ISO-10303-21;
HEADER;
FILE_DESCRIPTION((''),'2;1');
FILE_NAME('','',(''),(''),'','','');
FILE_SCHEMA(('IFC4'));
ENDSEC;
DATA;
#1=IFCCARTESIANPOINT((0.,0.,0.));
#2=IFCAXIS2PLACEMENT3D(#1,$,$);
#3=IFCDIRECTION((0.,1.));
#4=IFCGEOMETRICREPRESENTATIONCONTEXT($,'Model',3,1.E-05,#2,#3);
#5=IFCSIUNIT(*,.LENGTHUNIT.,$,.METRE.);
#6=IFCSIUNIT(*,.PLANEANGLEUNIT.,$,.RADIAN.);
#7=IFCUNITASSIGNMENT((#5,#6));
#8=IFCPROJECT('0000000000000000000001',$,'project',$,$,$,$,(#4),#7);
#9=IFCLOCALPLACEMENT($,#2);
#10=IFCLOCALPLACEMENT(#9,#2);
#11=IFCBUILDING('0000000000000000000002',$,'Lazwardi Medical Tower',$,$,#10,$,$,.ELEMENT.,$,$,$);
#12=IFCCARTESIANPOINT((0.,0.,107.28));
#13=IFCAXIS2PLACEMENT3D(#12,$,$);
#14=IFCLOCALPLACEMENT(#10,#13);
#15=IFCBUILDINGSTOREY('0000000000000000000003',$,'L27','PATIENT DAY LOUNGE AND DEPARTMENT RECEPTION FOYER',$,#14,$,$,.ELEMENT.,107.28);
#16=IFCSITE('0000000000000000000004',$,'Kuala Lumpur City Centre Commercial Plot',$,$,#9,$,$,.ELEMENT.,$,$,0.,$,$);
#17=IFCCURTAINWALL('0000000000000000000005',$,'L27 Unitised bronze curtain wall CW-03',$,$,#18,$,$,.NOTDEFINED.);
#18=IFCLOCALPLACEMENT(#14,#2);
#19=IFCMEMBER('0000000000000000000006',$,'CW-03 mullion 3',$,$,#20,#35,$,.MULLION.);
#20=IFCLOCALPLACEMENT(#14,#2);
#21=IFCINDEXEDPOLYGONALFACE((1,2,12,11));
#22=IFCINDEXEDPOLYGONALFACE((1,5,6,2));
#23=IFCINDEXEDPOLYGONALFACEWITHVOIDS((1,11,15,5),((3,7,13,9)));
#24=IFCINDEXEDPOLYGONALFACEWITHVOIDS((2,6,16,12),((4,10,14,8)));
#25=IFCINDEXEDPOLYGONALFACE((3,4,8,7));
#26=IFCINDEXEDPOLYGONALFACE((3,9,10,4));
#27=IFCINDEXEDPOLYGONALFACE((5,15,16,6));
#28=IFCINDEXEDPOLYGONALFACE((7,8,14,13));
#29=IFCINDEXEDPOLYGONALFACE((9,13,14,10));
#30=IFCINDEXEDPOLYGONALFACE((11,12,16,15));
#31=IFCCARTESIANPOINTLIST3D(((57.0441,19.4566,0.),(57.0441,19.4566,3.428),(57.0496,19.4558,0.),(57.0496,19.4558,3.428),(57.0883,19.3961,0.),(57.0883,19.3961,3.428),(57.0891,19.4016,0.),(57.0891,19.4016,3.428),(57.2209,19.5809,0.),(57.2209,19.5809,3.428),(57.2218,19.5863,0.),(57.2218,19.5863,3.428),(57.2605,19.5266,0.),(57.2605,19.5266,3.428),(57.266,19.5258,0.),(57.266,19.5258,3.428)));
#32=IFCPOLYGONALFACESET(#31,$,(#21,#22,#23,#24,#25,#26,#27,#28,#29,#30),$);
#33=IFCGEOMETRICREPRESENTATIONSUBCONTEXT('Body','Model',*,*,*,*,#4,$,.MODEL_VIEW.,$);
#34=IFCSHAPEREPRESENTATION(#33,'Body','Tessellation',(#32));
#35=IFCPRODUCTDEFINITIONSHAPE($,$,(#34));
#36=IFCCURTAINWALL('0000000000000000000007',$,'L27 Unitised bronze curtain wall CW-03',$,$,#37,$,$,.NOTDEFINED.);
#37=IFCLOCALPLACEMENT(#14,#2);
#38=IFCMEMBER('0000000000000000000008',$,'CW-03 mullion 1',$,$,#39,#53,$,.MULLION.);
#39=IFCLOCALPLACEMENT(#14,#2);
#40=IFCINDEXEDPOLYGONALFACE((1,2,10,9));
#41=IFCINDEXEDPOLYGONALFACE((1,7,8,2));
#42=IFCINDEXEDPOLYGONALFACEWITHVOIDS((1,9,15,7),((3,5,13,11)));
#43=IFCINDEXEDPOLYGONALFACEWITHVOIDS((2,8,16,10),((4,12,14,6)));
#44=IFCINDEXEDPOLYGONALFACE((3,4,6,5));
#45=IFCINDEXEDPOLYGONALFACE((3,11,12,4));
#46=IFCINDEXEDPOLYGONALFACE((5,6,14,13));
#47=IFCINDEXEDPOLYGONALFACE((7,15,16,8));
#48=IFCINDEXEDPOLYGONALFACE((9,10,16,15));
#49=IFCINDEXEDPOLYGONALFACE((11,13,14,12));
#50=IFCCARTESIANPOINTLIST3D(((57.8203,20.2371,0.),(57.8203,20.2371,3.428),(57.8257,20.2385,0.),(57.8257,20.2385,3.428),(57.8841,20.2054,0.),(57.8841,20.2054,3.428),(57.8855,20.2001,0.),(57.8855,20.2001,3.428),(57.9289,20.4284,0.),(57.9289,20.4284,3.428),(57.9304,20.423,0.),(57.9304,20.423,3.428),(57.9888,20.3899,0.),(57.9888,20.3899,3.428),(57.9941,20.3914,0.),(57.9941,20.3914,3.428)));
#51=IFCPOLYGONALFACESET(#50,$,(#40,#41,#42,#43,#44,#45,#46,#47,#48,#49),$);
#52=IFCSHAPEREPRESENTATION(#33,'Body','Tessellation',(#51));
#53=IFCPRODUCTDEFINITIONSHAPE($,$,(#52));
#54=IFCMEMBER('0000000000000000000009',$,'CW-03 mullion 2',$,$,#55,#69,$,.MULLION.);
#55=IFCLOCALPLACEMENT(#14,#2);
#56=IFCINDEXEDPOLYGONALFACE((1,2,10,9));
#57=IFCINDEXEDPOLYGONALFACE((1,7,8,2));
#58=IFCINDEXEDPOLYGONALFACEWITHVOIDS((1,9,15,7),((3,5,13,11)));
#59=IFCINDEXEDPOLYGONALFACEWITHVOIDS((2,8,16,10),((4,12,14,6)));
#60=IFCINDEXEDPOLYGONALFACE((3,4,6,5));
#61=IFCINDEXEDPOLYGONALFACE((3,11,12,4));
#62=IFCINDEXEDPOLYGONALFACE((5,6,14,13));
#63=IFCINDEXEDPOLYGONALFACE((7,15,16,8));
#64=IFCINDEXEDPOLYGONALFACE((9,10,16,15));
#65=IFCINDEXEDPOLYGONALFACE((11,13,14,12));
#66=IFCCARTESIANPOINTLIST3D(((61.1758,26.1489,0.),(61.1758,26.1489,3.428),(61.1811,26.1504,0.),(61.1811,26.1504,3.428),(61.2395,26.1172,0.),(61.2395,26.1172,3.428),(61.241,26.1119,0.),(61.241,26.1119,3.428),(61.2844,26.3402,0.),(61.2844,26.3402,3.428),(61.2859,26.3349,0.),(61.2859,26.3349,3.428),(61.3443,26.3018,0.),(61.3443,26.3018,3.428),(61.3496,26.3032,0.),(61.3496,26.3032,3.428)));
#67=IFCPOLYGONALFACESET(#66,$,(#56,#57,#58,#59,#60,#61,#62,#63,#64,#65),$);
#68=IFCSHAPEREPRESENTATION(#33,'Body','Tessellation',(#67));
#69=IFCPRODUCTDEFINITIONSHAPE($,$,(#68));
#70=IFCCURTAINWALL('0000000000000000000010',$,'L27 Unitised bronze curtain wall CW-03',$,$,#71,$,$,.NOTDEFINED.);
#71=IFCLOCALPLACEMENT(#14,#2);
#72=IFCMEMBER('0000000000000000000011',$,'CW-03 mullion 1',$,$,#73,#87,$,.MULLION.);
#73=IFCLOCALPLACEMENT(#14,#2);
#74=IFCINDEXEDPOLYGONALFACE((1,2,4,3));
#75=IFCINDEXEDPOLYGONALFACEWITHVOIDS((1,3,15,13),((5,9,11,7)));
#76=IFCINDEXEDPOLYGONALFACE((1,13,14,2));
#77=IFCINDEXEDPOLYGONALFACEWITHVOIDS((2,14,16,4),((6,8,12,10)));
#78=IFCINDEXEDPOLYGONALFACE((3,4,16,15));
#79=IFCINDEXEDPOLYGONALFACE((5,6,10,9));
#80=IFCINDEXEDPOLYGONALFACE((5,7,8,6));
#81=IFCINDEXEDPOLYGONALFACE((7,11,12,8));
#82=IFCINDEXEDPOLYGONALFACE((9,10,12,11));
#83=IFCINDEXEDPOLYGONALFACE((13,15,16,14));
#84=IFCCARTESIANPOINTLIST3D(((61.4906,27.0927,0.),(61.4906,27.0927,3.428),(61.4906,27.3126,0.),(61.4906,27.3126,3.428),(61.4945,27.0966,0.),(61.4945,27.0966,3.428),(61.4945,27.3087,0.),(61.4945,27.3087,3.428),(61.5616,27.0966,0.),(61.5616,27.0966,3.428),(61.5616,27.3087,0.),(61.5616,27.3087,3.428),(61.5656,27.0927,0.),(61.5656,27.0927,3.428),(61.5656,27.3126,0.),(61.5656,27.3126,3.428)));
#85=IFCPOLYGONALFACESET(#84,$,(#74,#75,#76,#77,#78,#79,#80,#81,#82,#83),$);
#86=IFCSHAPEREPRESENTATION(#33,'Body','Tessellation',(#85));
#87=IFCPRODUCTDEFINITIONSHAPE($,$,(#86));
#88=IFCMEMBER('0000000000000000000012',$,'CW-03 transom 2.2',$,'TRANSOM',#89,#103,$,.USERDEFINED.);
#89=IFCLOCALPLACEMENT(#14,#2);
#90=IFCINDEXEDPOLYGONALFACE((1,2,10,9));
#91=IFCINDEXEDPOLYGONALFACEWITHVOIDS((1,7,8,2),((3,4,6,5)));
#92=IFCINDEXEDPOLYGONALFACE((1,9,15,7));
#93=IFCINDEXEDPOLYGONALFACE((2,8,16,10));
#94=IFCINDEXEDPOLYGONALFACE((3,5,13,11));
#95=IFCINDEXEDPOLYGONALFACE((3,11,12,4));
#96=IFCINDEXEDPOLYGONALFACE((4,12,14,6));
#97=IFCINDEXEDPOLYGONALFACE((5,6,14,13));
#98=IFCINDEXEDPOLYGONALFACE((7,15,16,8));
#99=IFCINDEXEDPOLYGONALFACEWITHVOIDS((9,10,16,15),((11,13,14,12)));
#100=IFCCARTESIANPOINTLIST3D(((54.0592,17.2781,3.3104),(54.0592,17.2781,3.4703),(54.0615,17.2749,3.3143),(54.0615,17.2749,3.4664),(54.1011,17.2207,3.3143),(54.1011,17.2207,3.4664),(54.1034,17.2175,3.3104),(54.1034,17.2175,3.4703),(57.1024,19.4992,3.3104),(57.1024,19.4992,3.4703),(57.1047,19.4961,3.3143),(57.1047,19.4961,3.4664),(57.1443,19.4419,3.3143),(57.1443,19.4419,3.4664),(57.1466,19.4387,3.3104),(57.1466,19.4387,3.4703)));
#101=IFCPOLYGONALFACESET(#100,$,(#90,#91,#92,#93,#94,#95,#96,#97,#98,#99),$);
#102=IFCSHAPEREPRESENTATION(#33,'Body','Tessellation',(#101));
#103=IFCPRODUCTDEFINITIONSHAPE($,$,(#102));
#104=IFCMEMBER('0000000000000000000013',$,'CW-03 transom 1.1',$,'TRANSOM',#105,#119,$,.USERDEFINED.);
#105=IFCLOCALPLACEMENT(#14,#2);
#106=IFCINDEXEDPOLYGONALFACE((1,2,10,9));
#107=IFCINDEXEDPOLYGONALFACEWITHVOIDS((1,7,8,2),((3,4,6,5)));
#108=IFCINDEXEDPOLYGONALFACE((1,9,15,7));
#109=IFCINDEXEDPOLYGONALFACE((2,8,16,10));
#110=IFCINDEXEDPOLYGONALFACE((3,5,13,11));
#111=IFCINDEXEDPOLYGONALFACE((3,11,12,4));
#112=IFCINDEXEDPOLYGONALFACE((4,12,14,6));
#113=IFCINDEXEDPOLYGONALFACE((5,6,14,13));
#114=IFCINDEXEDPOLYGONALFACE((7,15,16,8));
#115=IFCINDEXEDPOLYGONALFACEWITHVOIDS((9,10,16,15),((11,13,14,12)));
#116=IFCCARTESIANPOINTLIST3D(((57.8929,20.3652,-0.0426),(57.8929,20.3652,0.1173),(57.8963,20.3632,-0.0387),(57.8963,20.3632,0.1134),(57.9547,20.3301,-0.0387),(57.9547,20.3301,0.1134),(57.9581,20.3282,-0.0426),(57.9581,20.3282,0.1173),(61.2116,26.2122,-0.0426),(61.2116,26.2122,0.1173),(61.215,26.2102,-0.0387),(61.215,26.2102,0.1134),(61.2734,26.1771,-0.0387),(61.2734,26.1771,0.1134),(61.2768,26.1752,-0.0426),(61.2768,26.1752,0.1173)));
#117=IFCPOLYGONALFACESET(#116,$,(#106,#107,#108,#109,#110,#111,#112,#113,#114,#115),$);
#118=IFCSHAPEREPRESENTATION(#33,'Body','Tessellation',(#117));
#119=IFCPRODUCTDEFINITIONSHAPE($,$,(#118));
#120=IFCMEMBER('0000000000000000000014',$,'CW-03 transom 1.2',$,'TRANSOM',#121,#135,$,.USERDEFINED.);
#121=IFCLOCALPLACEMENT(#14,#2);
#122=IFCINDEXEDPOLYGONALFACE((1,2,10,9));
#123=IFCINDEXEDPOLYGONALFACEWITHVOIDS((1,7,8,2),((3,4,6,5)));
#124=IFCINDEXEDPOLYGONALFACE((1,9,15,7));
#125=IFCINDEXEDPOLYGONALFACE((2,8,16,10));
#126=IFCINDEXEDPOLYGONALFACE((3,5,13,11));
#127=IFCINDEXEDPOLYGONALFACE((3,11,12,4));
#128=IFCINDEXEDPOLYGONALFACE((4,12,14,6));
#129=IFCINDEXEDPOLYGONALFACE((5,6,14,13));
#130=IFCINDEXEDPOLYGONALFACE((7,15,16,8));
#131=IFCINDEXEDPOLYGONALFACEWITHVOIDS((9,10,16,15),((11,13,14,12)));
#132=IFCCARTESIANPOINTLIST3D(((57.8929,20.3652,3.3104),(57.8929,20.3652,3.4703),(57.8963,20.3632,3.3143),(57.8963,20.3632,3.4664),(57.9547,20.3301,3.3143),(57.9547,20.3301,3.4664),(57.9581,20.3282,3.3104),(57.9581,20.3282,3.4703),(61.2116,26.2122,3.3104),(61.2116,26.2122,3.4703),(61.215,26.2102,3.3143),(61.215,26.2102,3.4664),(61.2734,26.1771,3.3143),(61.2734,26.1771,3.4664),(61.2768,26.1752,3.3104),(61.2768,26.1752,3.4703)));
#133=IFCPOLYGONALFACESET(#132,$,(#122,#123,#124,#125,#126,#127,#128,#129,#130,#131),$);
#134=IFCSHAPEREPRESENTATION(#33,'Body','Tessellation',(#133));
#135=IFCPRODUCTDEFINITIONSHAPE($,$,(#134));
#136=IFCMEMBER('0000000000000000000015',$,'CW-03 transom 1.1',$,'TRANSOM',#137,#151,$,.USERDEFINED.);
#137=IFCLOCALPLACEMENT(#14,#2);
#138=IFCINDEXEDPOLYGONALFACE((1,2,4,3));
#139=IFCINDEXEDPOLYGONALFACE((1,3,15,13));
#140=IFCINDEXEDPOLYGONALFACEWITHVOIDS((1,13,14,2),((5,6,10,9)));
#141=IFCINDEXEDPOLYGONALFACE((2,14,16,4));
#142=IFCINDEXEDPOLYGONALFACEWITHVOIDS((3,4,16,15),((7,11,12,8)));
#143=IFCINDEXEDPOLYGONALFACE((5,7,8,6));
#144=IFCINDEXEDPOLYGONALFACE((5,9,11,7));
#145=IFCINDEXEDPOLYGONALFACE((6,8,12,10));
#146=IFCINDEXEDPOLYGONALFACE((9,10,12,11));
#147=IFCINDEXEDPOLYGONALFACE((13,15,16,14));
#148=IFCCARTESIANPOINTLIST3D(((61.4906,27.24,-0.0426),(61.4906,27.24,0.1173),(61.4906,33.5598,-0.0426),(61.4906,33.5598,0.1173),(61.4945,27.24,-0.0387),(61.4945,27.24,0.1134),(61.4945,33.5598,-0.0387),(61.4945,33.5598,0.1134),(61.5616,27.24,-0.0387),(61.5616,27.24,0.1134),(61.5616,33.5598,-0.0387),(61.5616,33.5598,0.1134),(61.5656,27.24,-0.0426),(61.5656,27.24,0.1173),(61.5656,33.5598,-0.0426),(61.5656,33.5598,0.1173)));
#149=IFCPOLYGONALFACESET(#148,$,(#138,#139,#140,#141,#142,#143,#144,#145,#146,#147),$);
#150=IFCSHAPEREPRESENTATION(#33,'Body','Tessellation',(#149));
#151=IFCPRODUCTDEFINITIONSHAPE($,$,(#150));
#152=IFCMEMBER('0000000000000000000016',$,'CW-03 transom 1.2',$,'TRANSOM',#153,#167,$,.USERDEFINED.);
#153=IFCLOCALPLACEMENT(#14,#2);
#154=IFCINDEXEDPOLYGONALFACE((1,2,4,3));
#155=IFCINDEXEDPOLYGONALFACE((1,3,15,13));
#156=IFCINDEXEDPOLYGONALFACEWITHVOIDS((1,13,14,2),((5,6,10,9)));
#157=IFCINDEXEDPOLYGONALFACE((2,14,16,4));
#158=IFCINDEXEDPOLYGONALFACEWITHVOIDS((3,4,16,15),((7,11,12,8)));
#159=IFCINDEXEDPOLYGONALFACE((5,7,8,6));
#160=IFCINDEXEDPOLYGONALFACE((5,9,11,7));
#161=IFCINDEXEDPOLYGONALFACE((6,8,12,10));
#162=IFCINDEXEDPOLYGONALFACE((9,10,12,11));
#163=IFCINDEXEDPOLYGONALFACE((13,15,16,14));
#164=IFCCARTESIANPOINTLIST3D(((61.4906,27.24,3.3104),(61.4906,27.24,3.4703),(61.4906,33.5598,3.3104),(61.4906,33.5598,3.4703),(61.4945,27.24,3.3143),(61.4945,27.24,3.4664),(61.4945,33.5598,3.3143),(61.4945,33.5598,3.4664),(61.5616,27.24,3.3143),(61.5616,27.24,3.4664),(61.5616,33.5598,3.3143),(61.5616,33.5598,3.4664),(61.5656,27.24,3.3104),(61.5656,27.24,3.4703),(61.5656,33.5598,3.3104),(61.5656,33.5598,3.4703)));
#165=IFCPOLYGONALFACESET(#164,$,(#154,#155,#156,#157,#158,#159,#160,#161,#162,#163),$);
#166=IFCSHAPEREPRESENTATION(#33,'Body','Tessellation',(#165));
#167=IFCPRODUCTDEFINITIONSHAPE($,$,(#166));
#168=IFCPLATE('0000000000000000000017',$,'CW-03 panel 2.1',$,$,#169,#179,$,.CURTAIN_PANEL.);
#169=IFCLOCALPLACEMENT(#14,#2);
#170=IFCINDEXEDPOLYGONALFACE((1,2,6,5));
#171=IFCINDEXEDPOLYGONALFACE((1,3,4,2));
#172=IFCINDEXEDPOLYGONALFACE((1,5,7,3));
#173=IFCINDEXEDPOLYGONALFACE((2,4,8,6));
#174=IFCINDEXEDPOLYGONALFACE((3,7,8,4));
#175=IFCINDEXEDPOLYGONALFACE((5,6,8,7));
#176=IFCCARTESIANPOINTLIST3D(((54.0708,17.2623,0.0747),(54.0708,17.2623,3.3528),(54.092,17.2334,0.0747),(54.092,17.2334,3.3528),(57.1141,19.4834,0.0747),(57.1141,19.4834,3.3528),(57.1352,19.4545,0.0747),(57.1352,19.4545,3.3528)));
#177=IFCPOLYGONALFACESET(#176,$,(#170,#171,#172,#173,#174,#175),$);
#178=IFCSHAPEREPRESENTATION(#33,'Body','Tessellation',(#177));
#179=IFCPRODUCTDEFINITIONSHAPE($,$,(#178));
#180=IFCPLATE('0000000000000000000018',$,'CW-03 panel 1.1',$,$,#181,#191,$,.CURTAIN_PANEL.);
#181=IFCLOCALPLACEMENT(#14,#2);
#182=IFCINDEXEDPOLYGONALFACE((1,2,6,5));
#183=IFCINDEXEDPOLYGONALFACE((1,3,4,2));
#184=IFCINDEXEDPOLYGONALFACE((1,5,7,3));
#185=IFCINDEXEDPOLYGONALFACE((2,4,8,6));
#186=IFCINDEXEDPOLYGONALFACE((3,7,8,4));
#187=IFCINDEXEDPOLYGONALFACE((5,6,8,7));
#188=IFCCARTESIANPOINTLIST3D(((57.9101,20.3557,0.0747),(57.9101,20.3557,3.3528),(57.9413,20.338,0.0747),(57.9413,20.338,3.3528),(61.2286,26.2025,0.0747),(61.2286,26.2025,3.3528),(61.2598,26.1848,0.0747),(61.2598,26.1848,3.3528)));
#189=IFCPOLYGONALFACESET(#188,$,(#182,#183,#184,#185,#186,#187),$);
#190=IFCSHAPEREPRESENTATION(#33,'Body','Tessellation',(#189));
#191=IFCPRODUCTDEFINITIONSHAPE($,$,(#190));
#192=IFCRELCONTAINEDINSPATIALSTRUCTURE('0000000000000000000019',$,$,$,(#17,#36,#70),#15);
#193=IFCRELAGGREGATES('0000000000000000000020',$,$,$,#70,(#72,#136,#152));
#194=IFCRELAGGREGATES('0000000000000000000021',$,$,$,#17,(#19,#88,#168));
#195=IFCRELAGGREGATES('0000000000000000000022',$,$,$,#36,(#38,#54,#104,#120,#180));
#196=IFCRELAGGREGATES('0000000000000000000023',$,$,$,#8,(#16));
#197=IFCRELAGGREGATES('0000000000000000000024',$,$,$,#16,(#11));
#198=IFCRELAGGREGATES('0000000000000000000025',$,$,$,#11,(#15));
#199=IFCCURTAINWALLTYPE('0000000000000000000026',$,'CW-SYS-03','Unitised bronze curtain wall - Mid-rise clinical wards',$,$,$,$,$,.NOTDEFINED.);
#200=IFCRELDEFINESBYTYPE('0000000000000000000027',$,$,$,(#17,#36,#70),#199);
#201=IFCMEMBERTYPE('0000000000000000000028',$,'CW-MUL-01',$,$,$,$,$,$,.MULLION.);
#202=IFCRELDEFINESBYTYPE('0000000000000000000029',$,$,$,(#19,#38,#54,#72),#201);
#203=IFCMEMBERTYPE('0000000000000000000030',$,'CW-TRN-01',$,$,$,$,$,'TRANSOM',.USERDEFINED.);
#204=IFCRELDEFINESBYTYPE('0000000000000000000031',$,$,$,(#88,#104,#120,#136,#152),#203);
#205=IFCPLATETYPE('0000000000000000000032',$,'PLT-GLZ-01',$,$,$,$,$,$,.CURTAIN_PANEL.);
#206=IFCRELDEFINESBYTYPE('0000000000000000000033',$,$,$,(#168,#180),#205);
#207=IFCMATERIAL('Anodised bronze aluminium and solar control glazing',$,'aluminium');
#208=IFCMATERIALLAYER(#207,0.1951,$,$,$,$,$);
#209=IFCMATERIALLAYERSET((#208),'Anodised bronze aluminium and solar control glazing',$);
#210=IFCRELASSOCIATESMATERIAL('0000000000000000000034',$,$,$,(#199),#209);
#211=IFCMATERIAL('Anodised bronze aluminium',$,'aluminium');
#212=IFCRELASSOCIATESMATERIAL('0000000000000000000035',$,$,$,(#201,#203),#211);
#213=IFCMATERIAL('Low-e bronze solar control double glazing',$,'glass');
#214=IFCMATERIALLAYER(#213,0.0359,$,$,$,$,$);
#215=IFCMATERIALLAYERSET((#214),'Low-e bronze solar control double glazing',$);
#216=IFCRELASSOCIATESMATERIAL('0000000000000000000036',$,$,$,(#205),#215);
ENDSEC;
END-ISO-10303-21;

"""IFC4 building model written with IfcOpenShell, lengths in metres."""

from ifc_helpers import new_model, si_unit, direction, frame, origin, origin_2d, place, context, subcontext, project, spatial, rectangle, hollow_rectangle, extrude, material, layer, layer_set, material_profile, profile_set, type_object, element, aggregate, save


model = new_model("IFC4")

# Units and contexts
model_context = context("Model", 3, precision=1e-05, world=origin(), true_north=direction((0.0, 1.0)))
body_context = subcontext(model_context, "Body", "Model", "MODEL_VIEW")
ifc_project = project(units=[si_unit("LENGTHUNIT", "METRE"), si_unit("PLANEANGLEUNIT", "RADIAN")], contexts=[model_context])

# Site, building, storey
site_placement = place(None, origin())
site = spatial("IfcSite", under=ifc_project, at=site_placement, Name="Kuala Lumpur City Centre Commercial Plot", CompositionType="ELEMENT", RefElevation=0.0)
building_placement = place(site_placement, origin())
building = spatial("IfcBuilding", under=site, at=building_placement, Name="Lazwardi Medical Tower", CompositionType="ELEMENT")
storey_placement = place(building_placement, frame((0.0, 0.0, 107.28)))
storey = spatial("IfcBuildingStorey", under=building, at=storey_placement, Name="L27", Description="PATIENT DAY LOUNGE AND DEPARTMENT RECEPTION FOYER", CompositionType="ELEMENT", Elevation=107.28)

# Curtain wall, member
ifc_material_1 = material(Name="Anodised bronze aluminium and solar control glazing", Category="aluminium")
ifc_layer_1 = layer(ifc_material_1, 0.1951)
ifc_layer_set_1 = layer_set([ifc_layer_1], Name="Anodised bronze aluminium and solar control glazing")
curtain_wall_type = type_object("IfcCurtainWallType", Name="CW-SYS-03", Description="Unitised bronze curtain wall - Mid-rise clinical wards", PredefinedType="NOTDEFINED", material=ifc_layer_set_1)
curtain_wall_1_placement = place(storey_placement, origin())
curtain_wall_1 = element("IfcCurtainWall", 1, at=curtain_wall_1_placement, inside=storey, type_object=curtain_wall_type, Name="L27 Unitised bronze curtain wall CW-03", PredefinedType="NOTDEFINED")
ifc_material_2 = material(Name="Anodised bronze aluminium", Category="aluminium")
ifc_material_profile_1 = material_profile(ifc_material_2, hollow_rectangle(XDim=0.075, YDim=0.22, WallThickness=0.0039, at=origin_2d()), Name="ALU-MULLION 220x75x4")
ifc_profile_set_1 = profile_set([ifc_material_profile_1], Name="Anodised bronze aluminium")
member_type_1 = type_object("IfcMemberType", Name="CW-MUL-01", PredefinedType="MULLION", material=ifc_profile_set_1)
member_1_placement = place(storey_placement, frame((57.155, 19.4912, 0.0), z_axis=(0.0, 0.0, 1.0), x_axis=(-0.589531, 0.807746, 0.0)))
member_1 = element("IfcMember", 2, at=member_1_placement, type_object=member_type_1, Name="CW-03 mullion 3", PredefinedType="MULLION", context=body_context, shape_type="SweptSolid", body=[
    extrude(hollow_rectangle(XDim=0.075, YDim=0.22, WallThickness=0.0039, at=origin_2d()), origin(), (0.0, 0.0, 1.0), 3.428),
])

# Curtain wall, members
curtain_wall_2_placement = place(storey_placement, origin())
curtain_wall_2 = element("IfcCurtainWall", 3, at=curtain_wall_2_placement, inside=storey, type_object=curtain_wall_type, Name="L27 Unitised bronze curtain wall CW-03", PredefinedType="NOTDEFINED")
member_2_placement = place(storey_placement, frame((57.9072, 20.3142, 0.0), z_axis=(0.0, 0.0, 1.0), x_axis=(-0.869687, 0.493603, 0.0)))
member_2 = element("IfcMember", 4, at=member_2_placement, type_object=member_type_1, Name="CW-03 mullion 1", PredefinedType="MULLION", context=body_context, shape_type="SweptSolid", body=[
    extrude(hollow_rectangle(XDim=0.075, YDim=0.22, WallThickness=0.0039, at=origin_2d()), origin(), (0.0, 0.0, 1.0), 3.428),
])
member_3_placement = place(storey_placement, frame((61.2627, 26.2261, 0.0), z_axis=(0.0, 0.0, 1.0), x_axis=(-0.869687, 0.493603, 0.0)))
member_3 = element("IfcMember", 5, at=member_3_placement, type_object=member_type_1, Name="CW-03 mullion 2", PredefinedType="MULLION", context=body_context, shape_type="SweptSolid", body=[
    extrude(hollow_rectangle(XDim=0.075, YDim=0.22, WallThickness=0.0039, at=origin_2d()), origin(), (0.0, 0.0, 1.0), 3.428),
])

# Curtain wall, member
curtain_wall_3_placement = place(storey_placement, origin())
curtain_wall_3 = element("IfcCurtainWall", 6, at=curtain_wall_3_placement, inside=storey, type_object=curtain_wall_type, Name="L27 Unitised bronze curtain wall CW-03", PredefinedType="NOTDEFINED")
member_4_placement = place(storey_placement, frame((61.5281, 27.2026, 0.0), z_axis=(0.0, 0.0, 1.0), x_axis=(-1.0, 0.0, 0.0)))
member_4 = element("IfcMember", 7, at=member_4_placement, type_object=member_type_1, Name="CW-03 mullion 1", PredefinedType="MULLION", context=body_context, shape_type="SweptSolid", body=[
    extrude(hollow_rectangle(XDim=0.075, YDim=0.22, WallThickness=0.0039, at=origin_2d()), origin(), (0.0, 0.0, 1.0), 3.428),
])

# Members
ifc_material_profile_2 = material_profile(ifc_material_2, hollow_rectangle(XDim=0.075, YDim=0.1599, WallThickness=0.0039, at=origin_2d()), Name="ALU-TRANSOM 160x75x4")
ifc_profile_set_2 = profile_set([ifc_material_profile_2], Name="Anodised bronze aluminium")
member_type_2 = type_object("IfcMemberType", Name="CW-TRN-01", ElementType="TRANSOM", PredefinedType="USERDEFINED", material=ifc_profile_set_2)
member_5_placement = place(storey_placement, frame((54.0813, 17.2478, 3.3904), z_axis=(0.807732, 0.58955, 0.0), x_axis=(-0.58955, 0.807732, 0.0)))
member_5 = element("IfcMember", 8, at=member_5_placement, type_object=member_type_2, Name="CW-03 transom 2.2", ObjectType="TRANSOM", PredefinedType="USERDEFINED", context=body_context, shape_type="SweptSolid", body=[
    extrude(hollow_rectangle(XDim=0.075, YDim=0.1599, WallThickness=0.0039, at=origin_2d()), origin(), (0.0, 0.0, 1.0), 3.7676),
])
member_6_placement = place(storey_placement, frame((57.9255, 20.3467, 0.0374), z_axis=(0.493614, 0.869681, 0.0), x_axis=(-0.869681, 0.493614, 0.0)))
member_6 = element("IfcMember", 9, at=member_6_placement, type_object=member_type_2, Name="CW-03 transom 1.1", ObjectType="TRANSOM", PredefinedType="USERDEFINED", context=body_context, shape_type="SweptSolid", body=[
    extrude(hollow_rectangle(XDim=0.075, YDim=0.1599, WallThickness=0.0039, at=origin_2d()), origin(), (0.0, 0.0, 1.0), 6.7231),
])
member_7_placement = place(storey_placement, frame((57.9255, 20.3467, 3.3904), z_axis=(0.493614, 0.869681, 0.0), x_axis=(-0.869681, 0.493614, 0.0)))
member_7 = element("IfcMember", 10, at=member_7_placement, type_object=member_type_2, Name="CW-03 transom 1.2", ObjectType="TRANSOM", PredefinedType="USERDEFINED", context=body_context, shape_type="SweptSolid", body=[
    extrude(hollow_rectangle(XDim=0.075, YDim=0.1599, WallThickness=0.0039, at=origin_2d()), origin(), (0.0, 0.0, 1.0), 6.7231),
])
member_8_placement = place(storey_placement, frame((61.5281, 27.24, 0.0374), z_axis=(0.0, 1.0, 0.0), x_axis=(-1.0, 0.0, 0.0)))
member_8 = element("IfcMember", 11, at=member_8_placement, type_object=member_type_2, Name="CW-03 transom 1.1", ObjectType="TRANSOM", PredefinedType="USERDEFINED", context=body_context, shape_type="SweptSolid", body=[
    extrude(hollow_rectangle(XDim=0.075, YDim=0.1599, WallThickness=0.0039, at=origin_2d()), origin(), (0.0, 0.0, 1.0), 6.3198),
])
member_9_placement = place(storey_placement, frame((61.5281, 27.24, 3.3904), z_axis=(0.0, 1.0, 0.0), x_axis=(-1.0, 0.0, 0.0)))
member_9 = element("IfcMember", 12, at=member_9_placement, type_object=member_type_2, Name="CW-03 transom 1.2", ObjectType="TRANSOM", PredefinedType="USERDEFINED", context=body_context, shape_type="SweptSolid", body=[
    extrude(hollow_rectangle(XDim=0.075, YDim=0.1599, WallThickness=0.0039, at=origin_2d()), origin(), (0.0, 0.0, 1.0), 6.3198),
])
aggregate(curtain_wall_3, [member_4, member_8, member_9])

# Plates
ifc_material_3 = material(Name="Low-e bronze solar control double glazing", Category="glass")
ifc_layer_2 = layer(ifc_material_3, 0.0359)
ifc_layer_set_2 = layer_set([ifc_layer_2], Name="Low-e bronze solar control double glazing")
plate_type = type_object("IfcPlateType", Name="PLT-GLZ-01", PredefinedType="CURTAIN_PANEL", material=ifc_layer_set_2)
plate_1_placement = place(storey_placement, frame((55.603, 18.3584, 0.0747), z_axis=(0.0, 0.0, 1.0), x_axis=(0.807746, 0.589531, 0.0)))
plate_1 = element("IfcPlate", 13, at=plate_1_placement, type_object=plate_type, Name="CW-03 panel 2.1", PredefinedType="CURTAIN_PANEL", context=body_context, shape_type="SweptSolid", body=[
    extrude(rectangle(XDim=3.7676, YDim=0.0359, at=origin_2d()), origin(), (0.0, 0.0, 1.0), 3.2781),
])
aggregate(curtain_wall_1, [member_1, member_5, plate_1])
plate_2_placement = place(storey_placement, frame((59.585, 23.2703, 0.0747), z_axis=(0.0, 0.0, 1.0), x_axis=(0.493603, 0.869687, 0.0)))
plate_2 = element("IfcPlate", 14, at=plate_2_placement, type_object=plate_type, Name="CW-03 panel 1.1", PredefinedType="CURTAIN_PANEL", context=body_context, shape_type="SweptSolid", body=[
    extrude(rectangle(XDim=6.7229, YDim=0.0359, at=origin_2d()), origin(), (0.0, 0.0, 1.0), 3.2781),
])
aggregate(curtain_wall_2, [member_2, member_3, member_6, member_7, plate_2])

save(model, "model.ifc")
